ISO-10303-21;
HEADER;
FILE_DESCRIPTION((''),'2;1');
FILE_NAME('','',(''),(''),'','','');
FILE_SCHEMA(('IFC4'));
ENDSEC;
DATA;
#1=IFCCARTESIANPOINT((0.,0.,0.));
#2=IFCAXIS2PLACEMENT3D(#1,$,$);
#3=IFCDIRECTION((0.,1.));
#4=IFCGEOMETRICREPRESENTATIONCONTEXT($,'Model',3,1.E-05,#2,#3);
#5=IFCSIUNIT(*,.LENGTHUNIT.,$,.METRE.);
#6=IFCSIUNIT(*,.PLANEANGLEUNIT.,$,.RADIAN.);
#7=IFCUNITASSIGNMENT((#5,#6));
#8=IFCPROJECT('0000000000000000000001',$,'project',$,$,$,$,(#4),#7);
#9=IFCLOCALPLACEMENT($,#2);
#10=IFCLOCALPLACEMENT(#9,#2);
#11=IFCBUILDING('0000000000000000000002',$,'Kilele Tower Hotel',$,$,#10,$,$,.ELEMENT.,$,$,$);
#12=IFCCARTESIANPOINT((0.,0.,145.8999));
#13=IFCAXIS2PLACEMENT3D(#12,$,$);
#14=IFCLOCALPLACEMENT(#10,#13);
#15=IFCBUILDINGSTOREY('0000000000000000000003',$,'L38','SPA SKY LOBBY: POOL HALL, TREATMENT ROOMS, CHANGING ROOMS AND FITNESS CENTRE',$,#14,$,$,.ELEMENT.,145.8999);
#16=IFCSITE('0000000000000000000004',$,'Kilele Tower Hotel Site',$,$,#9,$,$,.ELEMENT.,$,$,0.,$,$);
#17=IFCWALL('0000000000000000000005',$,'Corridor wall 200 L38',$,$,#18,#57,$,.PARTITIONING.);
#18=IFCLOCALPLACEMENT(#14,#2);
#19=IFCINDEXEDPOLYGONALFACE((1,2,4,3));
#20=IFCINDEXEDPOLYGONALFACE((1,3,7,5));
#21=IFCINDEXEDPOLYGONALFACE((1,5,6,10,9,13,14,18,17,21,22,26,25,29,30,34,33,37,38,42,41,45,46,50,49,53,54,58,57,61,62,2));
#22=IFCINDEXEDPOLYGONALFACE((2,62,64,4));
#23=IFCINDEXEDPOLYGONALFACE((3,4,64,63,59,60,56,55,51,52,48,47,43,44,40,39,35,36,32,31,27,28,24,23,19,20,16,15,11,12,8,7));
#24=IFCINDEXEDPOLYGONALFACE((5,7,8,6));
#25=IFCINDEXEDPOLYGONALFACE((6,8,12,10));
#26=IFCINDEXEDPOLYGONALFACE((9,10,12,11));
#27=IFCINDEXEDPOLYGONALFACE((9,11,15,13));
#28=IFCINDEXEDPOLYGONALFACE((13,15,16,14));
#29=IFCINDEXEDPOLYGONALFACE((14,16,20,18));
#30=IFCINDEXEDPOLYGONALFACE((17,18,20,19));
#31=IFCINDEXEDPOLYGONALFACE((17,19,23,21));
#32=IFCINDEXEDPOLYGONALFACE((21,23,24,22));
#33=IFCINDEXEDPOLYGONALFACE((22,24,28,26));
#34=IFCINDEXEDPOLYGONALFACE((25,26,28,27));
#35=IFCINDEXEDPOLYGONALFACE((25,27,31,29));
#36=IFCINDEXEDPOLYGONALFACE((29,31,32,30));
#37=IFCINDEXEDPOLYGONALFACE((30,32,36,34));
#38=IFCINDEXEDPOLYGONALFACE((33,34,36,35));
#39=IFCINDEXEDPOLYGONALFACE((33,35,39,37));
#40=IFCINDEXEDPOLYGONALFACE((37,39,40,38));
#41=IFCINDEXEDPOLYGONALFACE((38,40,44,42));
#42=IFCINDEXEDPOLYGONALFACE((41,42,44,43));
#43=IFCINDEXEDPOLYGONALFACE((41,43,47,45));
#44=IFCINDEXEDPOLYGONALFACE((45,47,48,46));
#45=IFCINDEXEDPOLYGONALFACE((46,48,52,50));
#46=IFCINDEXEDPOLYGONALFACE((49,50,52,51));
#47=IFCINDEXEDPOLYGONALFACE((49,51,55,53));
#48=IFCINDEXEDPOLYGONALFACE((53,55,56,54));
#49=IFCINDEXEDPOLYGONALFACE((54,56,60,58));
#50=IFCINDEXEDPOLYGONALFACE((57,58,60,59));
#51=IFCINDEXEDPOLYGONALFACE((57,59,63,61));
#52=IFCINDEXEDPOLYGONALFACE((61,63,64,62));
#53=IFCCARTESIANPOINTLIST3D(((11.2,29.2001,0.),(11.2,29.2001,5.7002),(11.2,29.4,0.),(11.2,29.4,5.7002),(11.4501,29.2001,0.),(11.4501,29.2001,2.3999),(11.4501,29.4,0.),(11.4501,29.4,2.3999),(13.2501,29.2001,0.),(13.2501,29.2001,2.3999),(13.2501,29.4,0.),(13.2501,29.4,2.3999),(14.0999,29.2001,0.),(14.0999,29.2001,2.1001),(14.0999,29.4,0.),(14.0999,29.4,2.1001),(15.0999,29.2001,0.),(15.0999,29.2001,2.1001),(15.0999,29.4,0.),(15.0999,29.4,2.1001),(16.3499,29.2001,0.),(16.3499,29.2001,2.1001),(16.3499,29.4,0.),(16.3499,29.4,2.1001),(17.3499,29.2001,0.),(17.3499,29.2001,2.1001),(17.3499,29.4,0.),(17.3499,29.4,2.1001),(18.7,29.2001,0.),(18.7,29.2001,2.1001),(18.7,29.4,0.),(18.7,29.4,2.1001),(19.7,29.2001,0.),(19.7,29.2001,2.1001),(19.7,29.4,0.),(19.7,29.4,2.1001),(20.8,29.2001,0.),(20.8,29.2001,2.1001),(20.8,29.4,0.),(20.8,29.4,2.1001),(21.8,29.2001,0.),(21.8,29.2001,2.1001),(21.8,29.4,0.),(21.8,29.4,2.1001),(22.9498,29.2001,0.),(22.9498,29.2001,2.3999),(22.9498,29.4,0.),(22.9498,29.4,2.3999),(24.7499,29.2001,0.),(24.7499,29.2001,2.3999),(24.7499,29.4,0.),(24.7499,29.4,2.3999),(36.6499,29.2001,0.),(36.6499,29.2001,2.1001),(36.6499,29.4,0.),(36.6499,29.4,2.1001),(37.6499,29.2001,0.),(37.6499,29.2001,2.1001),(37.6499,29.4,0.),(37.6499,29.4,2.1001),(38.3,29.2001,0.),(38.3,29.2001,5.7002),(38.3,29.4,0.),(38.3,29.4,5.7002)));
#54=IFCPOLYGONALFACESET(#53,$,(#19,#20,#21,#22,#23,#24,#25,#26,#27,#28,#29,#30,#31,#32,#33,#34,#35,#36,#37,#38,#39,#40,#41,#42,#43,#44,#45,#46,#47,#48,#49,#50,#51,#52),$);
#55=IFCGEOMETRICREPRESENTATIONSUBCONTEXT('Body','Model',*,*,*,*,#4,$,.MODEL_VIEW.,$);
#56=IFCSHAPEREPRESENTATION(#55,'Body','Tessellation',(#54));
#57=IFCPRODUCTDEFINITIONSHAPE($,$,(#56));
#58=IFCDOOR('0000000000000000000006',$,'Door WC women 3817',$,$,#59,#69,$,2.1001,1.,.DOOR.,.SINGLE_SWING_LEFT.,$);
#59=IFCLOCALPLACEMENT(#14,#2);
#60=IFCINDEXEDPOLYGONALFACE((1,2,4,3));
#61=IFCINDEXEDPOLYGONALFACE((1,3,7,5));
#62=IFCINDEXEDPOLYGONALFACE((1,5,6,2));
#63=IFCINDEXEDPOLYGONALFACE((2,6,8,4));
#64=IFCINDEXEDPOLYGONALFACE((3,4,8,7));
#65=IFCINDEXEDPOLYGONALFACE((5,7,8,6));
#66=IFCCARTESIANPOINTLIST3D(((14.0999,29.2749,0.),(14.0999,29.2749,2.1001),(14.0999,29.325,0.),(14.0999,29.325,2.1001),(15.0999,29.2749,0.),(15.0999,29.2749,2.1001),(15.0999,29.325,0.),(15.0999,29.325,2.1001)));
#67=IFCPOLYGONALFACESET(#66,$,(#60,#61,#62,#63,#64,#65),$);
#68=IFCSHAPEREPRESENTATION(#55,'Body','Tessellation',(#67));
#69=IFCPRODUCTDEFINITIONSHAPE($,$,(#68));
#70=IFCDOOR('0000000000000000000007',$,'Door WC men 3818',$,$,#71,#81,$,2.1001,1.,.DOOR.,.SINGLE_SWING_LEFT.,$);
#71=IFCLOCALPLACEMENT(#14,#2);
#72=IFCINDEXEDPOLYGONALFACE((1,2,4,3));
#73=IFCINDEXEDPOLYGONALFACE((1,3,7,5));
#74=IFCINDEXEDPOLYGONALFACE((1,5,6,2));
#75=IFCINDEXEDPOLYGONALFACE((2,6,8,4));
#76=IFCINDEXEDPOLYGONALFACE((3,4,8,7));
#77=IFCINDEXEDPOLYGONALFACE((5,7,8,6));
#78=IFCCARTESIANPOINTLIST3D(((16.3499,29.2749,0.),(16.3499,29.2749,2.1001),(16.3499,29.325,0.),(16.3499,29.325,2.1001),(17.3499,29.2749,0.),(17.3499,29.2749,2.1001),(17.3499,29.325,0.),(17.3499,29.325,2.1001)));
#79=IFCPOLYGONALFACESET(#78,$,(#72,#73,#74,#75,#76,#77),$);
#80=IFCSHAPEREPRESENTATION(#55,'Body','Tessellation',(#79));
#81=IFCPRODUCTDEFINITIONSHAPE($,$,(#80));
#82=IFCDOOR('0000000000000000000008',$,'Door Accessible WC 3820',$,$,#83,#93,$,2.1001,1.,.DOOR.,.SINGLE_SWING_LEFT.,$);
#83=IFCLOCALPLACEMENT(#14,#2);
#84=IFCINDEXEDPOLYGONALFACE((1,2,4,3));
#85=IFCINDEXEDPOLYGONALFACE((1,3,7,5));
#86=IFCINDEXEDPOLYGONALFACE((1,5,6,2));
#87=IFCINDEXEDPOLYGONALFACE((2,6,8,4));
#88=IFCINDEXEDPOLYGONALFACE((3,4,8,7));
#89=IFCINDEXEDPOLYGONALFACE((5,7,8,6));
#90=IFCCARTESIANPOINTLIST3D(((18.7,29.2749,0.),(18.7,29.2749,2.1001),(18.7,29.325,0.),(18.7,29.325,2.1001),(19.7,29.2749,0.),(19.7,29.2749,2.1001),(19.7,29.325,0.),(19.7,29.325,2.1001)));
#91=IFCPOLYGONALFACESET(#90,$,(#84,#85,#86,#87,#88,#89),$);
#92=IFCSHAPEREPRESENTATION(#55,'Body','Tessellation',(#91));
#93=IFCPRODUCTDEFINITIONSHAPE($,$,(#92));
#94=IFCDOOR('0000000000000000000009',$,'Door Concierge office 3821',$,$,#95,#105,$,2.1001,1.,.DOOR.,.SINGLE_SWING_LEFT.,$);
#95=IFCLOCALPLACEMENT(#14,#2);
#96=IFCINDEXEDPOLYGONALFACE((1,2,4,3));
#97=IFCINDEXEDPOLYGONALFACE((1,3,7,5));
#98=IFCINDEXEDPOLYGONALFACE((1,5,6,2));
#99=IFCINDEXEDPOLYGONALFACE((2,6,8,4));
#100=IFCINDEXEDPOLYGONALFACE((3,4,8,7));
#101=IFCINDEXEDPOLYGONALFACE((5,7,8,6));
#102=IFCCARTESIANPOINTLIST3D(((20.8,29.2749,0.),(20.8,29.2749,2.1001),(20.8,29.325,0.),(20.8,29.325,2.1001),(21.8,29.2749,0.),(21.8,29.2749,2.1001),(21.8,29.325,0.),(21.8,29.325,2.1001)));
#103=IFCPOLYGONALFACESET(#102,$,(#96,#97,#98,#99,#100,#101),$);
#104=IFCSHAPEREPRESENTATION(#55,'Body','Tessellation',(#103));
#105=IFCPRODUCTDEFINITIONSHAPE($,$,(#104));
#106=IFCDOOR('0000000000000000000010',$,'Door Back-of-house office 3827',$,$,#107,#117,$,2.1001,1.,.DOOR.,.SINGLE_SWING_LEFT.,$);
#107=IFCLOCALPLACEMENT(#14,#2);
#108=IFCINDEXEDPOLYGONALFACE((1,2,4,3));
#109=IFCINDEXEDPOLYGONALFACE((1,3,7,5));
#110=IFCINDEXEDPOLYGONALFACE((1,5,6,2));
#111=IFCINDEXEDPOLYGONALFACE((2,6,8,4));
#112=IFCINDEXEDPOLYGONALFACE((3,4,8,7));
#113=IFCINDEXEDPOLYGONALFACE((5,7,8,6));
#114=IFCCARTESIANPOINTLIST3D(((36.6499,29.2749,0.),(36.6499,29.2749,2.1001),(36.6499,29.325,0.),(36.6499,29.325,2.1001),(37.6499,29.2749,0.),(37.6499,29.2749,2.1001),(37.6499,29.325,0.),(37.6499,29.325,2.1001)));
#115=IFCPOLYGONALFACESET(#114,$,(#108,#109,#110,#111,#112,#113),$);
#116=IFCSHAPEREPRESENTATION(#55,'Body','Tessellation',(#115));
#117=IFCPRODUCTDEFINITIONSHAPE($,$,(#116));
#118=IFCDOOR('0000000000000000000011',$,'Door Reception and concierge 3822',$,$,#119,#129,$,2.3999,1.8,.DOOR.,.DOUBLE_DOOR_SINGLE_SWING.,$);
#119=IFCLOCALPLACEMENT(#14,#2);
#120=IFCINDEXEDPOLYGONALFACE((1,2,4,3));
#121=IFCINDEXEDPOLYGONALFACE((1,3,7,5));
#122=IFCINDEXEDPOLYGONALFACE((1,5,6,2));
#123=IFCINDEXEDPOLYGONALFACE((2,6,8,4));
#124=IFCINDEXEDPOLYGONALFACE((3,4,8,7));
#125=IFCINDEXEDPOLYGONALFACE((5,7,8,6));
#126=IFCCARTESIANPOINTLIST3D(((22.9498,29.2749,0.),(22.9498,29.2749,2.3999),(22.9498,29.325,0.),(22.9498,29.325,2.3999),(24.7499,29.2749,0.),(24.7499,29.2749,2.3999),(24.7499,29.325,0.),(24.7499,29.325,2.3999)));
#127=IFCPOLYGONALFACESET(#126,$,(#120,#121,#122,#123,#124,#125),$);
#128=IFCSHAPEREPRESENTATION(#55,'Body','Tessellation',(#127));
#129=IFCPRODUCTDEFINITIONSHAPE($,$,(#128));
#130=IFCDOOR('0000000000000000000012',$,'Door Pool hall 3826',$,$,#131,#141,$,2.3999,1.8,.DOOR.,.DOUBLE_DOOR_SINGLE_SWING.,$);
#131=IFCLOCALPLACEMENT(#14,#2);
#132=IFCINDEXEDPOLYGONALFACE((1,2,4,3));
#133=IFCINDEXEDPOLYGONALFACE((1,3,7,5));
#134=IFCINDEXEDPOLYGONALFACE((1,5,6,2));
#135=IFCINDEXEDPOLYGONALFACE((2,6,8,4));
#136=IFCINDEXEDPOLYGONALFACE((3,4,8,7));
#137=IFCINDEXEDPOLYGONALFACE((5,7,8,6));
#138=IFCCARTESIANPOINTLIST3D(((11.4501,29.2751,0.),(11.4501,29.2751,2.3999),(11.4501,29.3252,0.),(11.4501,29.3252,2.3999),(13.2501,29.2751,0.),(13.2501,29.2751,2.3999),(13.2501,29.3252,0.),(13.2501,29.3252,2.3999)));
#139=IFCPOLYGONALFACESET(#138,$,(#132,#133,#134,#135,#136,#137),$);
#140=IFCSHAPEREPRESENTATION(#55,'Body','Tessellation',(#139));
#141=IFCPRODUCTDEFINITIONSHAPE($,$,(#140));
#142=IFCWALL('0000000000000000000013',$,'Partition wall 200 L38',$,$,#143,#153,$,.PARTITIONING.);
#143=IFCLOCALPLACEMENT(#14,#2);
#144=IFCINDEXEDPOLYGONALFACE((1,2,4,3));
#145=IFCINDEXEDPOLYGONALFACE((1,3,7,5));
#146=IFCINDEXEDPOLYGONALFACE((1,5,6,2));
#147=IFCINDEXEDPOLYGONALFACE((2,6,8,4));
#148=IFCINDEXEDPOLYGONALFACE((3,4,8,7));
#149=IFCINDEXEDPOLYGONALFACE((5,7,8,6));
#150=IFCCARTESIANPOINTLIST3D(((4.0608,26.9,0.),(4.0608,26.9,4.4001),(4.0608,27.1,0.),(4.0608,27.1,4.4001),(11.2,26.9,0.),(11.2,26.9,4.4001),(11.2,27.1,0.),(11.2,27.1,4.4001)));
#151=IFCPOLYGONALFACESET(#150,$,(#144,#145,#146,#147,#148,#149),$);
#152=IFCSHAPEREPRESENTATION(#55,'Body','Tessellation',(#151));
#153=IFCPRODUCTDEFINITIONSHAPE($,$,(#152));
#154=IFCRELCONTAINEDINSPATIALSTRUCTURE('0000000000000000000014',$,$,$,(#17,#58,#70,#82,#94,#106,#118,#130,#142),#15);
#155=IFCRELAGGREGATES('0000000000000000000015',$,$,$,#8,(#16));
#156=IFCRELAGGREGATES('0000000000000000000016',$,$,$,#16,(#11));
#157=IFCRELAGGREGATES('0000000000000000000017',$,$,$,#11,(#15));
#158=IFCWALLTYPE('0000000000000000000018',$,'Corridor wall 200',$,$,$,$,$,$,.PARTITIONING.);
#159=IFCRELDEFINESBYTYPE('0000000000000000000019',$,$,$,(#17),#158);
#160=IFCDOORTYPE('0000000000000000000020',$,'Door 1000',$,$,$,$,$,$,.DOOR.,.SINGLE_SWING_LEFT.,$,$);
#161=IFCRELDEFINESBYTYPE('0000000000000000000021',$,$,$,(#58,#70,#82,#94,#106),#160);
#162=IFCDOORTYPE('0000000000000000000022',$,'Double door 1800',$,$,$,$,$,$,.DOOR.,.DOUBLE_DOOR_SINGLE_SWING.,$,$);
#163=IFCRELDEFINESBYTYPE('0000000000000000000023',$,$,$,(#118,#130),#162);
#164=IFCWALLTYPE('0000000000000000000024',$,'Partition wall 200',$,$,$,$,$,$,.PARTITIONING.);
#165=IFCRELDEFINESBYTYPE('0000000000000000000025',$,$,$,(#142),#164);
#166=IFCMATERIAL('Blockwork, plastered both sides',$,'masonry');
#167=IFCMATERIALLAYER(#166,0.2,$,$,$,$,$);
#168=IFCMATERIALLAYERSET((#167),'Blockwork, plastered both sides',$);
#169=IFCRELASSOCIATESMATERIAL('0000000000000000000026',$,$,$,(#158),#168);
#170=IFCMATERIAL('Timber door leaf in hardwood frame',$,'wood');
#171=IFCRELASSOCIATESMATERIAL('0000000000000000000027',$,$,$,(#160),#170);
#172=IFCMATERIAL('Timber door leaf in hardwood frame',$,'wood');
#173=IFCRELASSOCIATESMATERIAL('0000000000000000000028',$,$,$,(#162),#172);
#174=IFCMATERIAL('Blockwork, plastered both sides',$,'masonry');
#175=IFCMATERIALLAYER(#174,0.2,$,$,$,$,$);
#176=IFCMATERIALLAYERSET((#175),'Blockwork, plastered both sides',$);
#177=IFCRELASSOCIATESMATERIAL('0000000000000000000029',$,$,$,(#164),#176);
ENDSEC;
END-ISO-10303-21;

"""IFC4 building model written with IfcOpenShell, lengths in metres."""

from ifc_helpers import new_model, si_unit, direction, frame, frame_2d, origin, place, context, subcontext, project, spatial, rectangle, extrude, material, layer, layer_set, type_object, element, fill, save


model = new_model("IFC4")

# Units and contexts
model_context = context("Model", 3, precision=1e-05, world=origin(), true_north=direction((0.0, 1.0)))
body_context = subcontext(model_context, "Body", "Model", "MODEL_VIEW")
ifc_project = project(units=[si_unit("LENGTHUNIT", "METRE"), si_unit("PLANEANGLEUNIT", "RADIAN")], contexts=[model_context])

# Site, building, storey
site_placement = place(None, origin())
site = spatial("IfcSite", under=ifc_project, at=site_placement, Name="Kilele Tower Hotel Site", CompositionType="ELEMENT", RefElevation=0.0)
building_placement = place(site_placement, origin())
building = spatial("IfcBuilding", under=site, at=building_placement, Name="Kilele Tower Hotel", CompositionType="ELEMENT")
storey_placement = place(building_placement, frame((0.0, 0.0, 145.8999)))
storey = spatial("IfcBuildingStorey", under=building, at=storey_placement, Name="L38", Description="SPA SKY LOBBY: POOL HALL, TREATMENT ROOMS, CHANGING ROOMS AND FITNESS CENTRE", CompositionType="ELEMENT", Elevation=145.8999)

# Wall, openings, doors
ifc_material_1 = material(Name="Blockwork, plastered both sides", Category="masonry")
ifc_layer_1 = layer(ifc_material_1, 0.2)
ifc_layer_set_1 = layer_set([ifc_layer_1], Name="Blockwork, plastered both sides")
wall_type_1 = type_object("IfcWallType", Name="Corridor wall 200", PredefinedType="PARTITIONING", material=ifc_layer_set_1)
wall_1_placement = place(storey_placement, frame((11.2, 29.3, 0.0), z_axis=(0.0, 0.0, 1.0), x_axis=(1.0, 0.0, 0.0)))
wall_1 = element("IfcWall", 1, at=wall_1_placement, inside=storey, type_object=wall_type_1, Name="Corridor wall 200 L38", PredefinedType="PARTITIONING", context=body_context, shape_type="SweptSolid", body=[
    extrude(rectangle(XDim=27.1001, YDim=0.2, at=frame_2d((13.55, 0.0))), origin(), (0.0, 0.0, 1.0), 5.7002),
])
opening_1_placement = place(wall_1_placement, frame((2.8999, 0.0, 0.0)))
opening_1 = element("IfcOpeningElement", 2, at=opening_1_placement, cuts=wall_1, PredefinedType="OPENING", context=body_context, shape_type="SweptSolid", body=[
    extrude(rectangle(XDim=1.0, YDim=2.1001, at=frame_2d((0.5, 1.05))), frame((0.0, 0.1099, 0.0), z_axis=(0.0, -1.0, 0.0), x_axis=(1.0, 0.0, 0.0)), (0.0, 0.0, 1.0), 0.22),
])
opening_2_placement = place(wall_1_placement, frame((5.1499, 0.0, 0.0)))
opening_2 = element("IfcOpeningElement", 3, at=opening_2_placement, cuts=wall_1, PredefinedType="OPENING", context=body_context, shape_type="SweptSolid", body=[
    extrude(rectangle(XDim=1.0, YDim=2.1001, at=frame_2d((0.5, 1.05))), frame((0.0, 0.1099, 0.0), z_axis=(0.0, -1.0, 0.0), x_axis=(1.0, 0.0, 0.0)), (0.0, 0.0, 1.0), 0.22),
])
opening_3_placement = place(wall_1_placement, frame((7.5, 0.0, 0.0)))
opening_3 = element("IfcOpeningElement", 4, at=opening_3_placement, cuts=wall_1, PredefinedType="OPENING", context=body_context, shape_type="SweptSolid", body=[
    extrude(rectangle(XDim=1.0, YDim=2.1001, at=frame_2d((0.5, 1.05))), frame((0.0, 0.1099, 0.0), z_axis=(0.0, -1.0, 0.0), x_axis=(1.0, 0.0, 0.0)), (0.0, 0.0, 1.0), 0.22),
])
opening_4_placement = place(wall_1_placement, frame((9.6001, 0.0, 0.0)))
opening_4 = element("IfcOpeningElement", 5, at=opening_4_placement, cuts=wall_1, PredefinedType="OPENING", context=body_context, shape_type="SweptSolid", body=[
    extrude(rectangle(XDim=1.0, YDim=2.1001, at=frame_2d((0.5, 1.05))), frame((0.0, 0.1099, 0.0), z_axis=(0.0, -1.0, 0.0), x_axis=(1.0, 0.0, 0.0)), (0.0, 0.0, 1.0), 0.22),
])
opening_5_placement = place(wall_1_placement, frame((11.75, 0.0, 0.0)))
opening_5 = element("IfcOpeningElement", 6, at=opening_5_placement, cuts=wall_1, PredefinedType="OPENING", context=body_context, shape_type="SweptSolid", body=[
    extrude(rectangle(XDim=1.8, YDim=2.3999, at=frame_2d((0.8999, 1.2))), frame((0.0, 0.1099, 0.0), z_axis=(0.0, -1.0, 0.0), x_axis=(1.0, 0.0, 0.0)), (0.0, 0.0, 1.0), 0.22),
])
opening_6_placement = place(wall_1_placement, frame((2.05, 0.0, 0.0), z_axis=(0.0, 0.0, 1.0), x_axis=(-1.0, 0.0, 0.0)))
opening_6 = element("IfcOpeningElement", 7, at=opening_6_placement, cuts=wall_1, PredefinedType="OPENING", context=body_context, shape_type="SweptSolid", body=[
    extrude(rectangle(XDim=1.8, YDim=2.3999, at=frame_2d((0.8999, 1.2))), frame((0.0, 0.1099, 0.0), z_axis=(0.0, -1.0, 0.0), x_axis=(1.0, 0.0, 0.0)), (0.0, 0.0, 1.0), 0.22),
])
opening_7_placement = place(wall_1_placement, frame((25.45, 0.0, 0.0)))
opening_7 = element("IfcOpeningElement", 8, at=opening_7_placement, cuts=wall_1, PredefinedType="OPENING", context=body_context, shape_type="SweptSolid", body=[
    extrude(rectangle(XDim=1.0, YDim=2.1001, at=frame_2d((0.5, 1.05))), frame((0.0, 0.1099, 0.0), z_axis=(0.0, -1.0, 0.0), x_axis=(1.0, 0.0, 0.0)), (0.0, 0.0, 1.0), 0.22),
])
ifc_material_2 = material(Name="Timber door leaf in hardwood frame", Category="wood")
door_type_1 = type_object("IfcDoorType", Name="Door 1000", OperationType="SINGLE_SWING_LEFT", PredefinedType="DOOR", material=ifc_material_2)
door_1_placement = place(opening_1_placement, origin())
door_1 = element("IfcDoor", 9, at=door_1_placement, inside=storey, type_object=door_type_1, Name="Door WC women 3817", OperationType="SINGLE_SWING_LEFT", OverallHeight=2.1001, OverallWidth=1.0, PredefinedType="DOOR", context=body_context, shape_type="SweptSolid", body=[
    extrude(rectangle(XDim=1.0, YDim=2.1001, at=frame_2d((0.5, 1.05))), frame((0.0, 0.0249, 0.0), z_axis=(0.0, -1.0, 0.0), x_axis=(1.0, 0.0, 0.0)), (0.0, 0.0, 1.0), 0.05),
])
fill(opening_1, door_1)
door_2_placement = place(opening_2_placement, origin())
door_2 = element("IfcDoor", 10, at=door_2_placement, inside=storey, type_object=door_type_1, Name="Door WC men 3818", OperationType="SINGLE_SWING_LEFT", OverallHeight=2.1001, OverallWidth=1.0, PredefinedType="DOOR", context=body_context, shape_type="SweptSolid", body=[
    extrude(rectangle(XDim=1.0, YDim=2.1001, at=frame_2d((0.5, 1.05))), frame((0.0, 0.0249, 0.0), z_axis=(0.0, -1.0, 0.0), x_axis=(1.0, 0.0, 0.0)), (0.0, 0.0, 1.0), 0.05),
])
fill(opening_2, door_2)
door_3_placement = place(opening_3_placement, origin())
door_3 = element("IfcDoor", 11, at=door_3_placement, inside=storey, type_object=door_type_1, Name="Door Accessible WC 3820", OperationType="SINGLE_SWING_LEFT", OverallHeight=2.1001, OverallWidth=1.0, PredefinedType="DOOR", context=body_context, shape_type="SweptSolid", body=[
    extrude(rectangle(XDim=1.0, YDim=2.1001, at=frame_2d((0.5, 1.05))), frame((0.0, 0.0249, 0.0), z_axis=(0.0, -1.0, 0.0), x_axis=(1.0, 0.0, 0.0)), (0.0, 0.0, 1.0), 0.05),
])
fill(opening_3, door_3)
door_4_placement = place(opening_4_placement, origin())
door_4 = element("IfcDoor", 12, at=door_4_placement, inside=storey, type_object=door_type_1, Name="Door Concierge office 3821", OperationType="SINGLE_SWING_LEFT", OverallHeight=2.1001, OverallWidth=1.0, PredefinedType="DOOR", context=body_context, shape_type="SweptSolid", body=[
    extrude(rectangle(XDim=1.0, YDim=2.1001, at=frame_2d((0.5, 1.05))), frame((0.0, 0.0249, 0.0), z_axis=(0.0, -1.0, 0.0), x_axis=(1.0, 0.0, 0.0)), (0.0, 0.0, 1.0), 0.05),
])
fill(opening_4, door_4)
door_5_placement = place(opening_7_placement, origin())
door_5 = element("IfcDoor", 13, at=door_5_placement, inside=storey, type_object=door_type_1, Name="Door Back-of-house office 3827", OperationType="SINGLE_SWING_LEFT", OverallHeight=2.1001, OverallWidth=1.0, PredefinedType="DOOR", context=body_context, shape_type="SweptSolid", body=[
    extrude(rectangle(XDim=1.0, YDim=2.1001, at=frame_2d((0.5, 1.05))), frame((0.0, 0.0249, 0.0), z_axis=(0.0, -1.0, 0.0), x_axis=(1.0, 0.0, 0.0)), (0.0, 0.0, 1.0), 0.05),
])
fill(opening_7, door_5)
ifc_material_3 = material(Name="Timber door leaf in hardwood frame", Category="wood")
door_type_2 = type_object("IfcDoorType", Name="Double door 1800", OperationType="DOUBLE_DOOR_SINGLE_SWING", PredefinedType="DOOR", material=ifc_material_3)
door_6_placement = place(opening_5_placement, origin())
door_6 = element("IfcDoor", 14, at=door_6_placement, inside=storey, type_object=door_type_2, Name="Door Reception and concierge 3822", OperationType="DOUBLE_DOOR_SINGLE_SWING", OverallHeight=2.3999, OverallWidth=1.8, PredefinedType="DOOR", context=body_context, shape_type="SweptSolid", body=[
    extrude(rectangle(XDim=1.8, YDim=2.3999, at=frame_2d((0.8999, 1.2))), frame((0.0, 0.0249, 0.0), z_axis=(0.0, -1.0, 0.0), x_axis=(1.0, 0.0, 0.0)), (0.0, 0.0, 1.0), 0.05),
])
fill(opening_5, door_6)
door_7_placement = place(opening_6_placement, origin())
door_7 = element("IfcDoor", 15, at=door_7_placement, inside=storey, type_object=door_type_2, Name="Door Pool hall 3826", OperationType="DOUBLE_DOOR_SINGLE_SWING", OverallHeight=2.3999, OverallWidth=1.8, PredefinedType="DOOR", context=body_context, shape_type="SweptSolid", body=[
    extrude(rectangle(XDim=1.8, YDim=2.3999, at=frame_2d((0.8999, 1.2))), frame((0.0, 0.0249, 0.0), z_axis=(0.0, -1.0, 0.0), x_axis=(1.0, 0.0, 0.0)), (0.0, 0.0, 1.0), 0.05),
])
fill(opening_6, door_7)

# Wall
ifc_material_4 = material(Name="Blockwork, plastered both sides", Category="masonry")
ifc_layer_2 = layer(ifc_material_4, 0.2)
ifc_layer_set_2 = layer_set([ifc_layer_2], Name="Blockwork, plastered both sides")
wall_type_2 = type_object("IfcWallType", Name="Partition wall 200", PredefinedType="PARTITIONING", material=ifc_layer_set_2)
wall_2_placement = place(storey_placement, frame((11.2, 27.0, 0.0), z_axis=(0.0, 0.0, 1.0), x_axis=(-1.0, 0.0, 0.0)))
element("IfcWall", 16, at=wall_2_placement, inside=storey, type_object=wall_type_2, Name="Partition wall 200 L38", PredefinedType="PARTITIONING", context=body_context, shape_type="SweptSolid", body=[
    extrude(rectangle(XDim=7.1392, YDim=0.2, at=frame_2d((3.5696, 0.0))), origin(), (0.0, 0.0, 1.0), 4.4001),
])

save(model, "model.ifc")
